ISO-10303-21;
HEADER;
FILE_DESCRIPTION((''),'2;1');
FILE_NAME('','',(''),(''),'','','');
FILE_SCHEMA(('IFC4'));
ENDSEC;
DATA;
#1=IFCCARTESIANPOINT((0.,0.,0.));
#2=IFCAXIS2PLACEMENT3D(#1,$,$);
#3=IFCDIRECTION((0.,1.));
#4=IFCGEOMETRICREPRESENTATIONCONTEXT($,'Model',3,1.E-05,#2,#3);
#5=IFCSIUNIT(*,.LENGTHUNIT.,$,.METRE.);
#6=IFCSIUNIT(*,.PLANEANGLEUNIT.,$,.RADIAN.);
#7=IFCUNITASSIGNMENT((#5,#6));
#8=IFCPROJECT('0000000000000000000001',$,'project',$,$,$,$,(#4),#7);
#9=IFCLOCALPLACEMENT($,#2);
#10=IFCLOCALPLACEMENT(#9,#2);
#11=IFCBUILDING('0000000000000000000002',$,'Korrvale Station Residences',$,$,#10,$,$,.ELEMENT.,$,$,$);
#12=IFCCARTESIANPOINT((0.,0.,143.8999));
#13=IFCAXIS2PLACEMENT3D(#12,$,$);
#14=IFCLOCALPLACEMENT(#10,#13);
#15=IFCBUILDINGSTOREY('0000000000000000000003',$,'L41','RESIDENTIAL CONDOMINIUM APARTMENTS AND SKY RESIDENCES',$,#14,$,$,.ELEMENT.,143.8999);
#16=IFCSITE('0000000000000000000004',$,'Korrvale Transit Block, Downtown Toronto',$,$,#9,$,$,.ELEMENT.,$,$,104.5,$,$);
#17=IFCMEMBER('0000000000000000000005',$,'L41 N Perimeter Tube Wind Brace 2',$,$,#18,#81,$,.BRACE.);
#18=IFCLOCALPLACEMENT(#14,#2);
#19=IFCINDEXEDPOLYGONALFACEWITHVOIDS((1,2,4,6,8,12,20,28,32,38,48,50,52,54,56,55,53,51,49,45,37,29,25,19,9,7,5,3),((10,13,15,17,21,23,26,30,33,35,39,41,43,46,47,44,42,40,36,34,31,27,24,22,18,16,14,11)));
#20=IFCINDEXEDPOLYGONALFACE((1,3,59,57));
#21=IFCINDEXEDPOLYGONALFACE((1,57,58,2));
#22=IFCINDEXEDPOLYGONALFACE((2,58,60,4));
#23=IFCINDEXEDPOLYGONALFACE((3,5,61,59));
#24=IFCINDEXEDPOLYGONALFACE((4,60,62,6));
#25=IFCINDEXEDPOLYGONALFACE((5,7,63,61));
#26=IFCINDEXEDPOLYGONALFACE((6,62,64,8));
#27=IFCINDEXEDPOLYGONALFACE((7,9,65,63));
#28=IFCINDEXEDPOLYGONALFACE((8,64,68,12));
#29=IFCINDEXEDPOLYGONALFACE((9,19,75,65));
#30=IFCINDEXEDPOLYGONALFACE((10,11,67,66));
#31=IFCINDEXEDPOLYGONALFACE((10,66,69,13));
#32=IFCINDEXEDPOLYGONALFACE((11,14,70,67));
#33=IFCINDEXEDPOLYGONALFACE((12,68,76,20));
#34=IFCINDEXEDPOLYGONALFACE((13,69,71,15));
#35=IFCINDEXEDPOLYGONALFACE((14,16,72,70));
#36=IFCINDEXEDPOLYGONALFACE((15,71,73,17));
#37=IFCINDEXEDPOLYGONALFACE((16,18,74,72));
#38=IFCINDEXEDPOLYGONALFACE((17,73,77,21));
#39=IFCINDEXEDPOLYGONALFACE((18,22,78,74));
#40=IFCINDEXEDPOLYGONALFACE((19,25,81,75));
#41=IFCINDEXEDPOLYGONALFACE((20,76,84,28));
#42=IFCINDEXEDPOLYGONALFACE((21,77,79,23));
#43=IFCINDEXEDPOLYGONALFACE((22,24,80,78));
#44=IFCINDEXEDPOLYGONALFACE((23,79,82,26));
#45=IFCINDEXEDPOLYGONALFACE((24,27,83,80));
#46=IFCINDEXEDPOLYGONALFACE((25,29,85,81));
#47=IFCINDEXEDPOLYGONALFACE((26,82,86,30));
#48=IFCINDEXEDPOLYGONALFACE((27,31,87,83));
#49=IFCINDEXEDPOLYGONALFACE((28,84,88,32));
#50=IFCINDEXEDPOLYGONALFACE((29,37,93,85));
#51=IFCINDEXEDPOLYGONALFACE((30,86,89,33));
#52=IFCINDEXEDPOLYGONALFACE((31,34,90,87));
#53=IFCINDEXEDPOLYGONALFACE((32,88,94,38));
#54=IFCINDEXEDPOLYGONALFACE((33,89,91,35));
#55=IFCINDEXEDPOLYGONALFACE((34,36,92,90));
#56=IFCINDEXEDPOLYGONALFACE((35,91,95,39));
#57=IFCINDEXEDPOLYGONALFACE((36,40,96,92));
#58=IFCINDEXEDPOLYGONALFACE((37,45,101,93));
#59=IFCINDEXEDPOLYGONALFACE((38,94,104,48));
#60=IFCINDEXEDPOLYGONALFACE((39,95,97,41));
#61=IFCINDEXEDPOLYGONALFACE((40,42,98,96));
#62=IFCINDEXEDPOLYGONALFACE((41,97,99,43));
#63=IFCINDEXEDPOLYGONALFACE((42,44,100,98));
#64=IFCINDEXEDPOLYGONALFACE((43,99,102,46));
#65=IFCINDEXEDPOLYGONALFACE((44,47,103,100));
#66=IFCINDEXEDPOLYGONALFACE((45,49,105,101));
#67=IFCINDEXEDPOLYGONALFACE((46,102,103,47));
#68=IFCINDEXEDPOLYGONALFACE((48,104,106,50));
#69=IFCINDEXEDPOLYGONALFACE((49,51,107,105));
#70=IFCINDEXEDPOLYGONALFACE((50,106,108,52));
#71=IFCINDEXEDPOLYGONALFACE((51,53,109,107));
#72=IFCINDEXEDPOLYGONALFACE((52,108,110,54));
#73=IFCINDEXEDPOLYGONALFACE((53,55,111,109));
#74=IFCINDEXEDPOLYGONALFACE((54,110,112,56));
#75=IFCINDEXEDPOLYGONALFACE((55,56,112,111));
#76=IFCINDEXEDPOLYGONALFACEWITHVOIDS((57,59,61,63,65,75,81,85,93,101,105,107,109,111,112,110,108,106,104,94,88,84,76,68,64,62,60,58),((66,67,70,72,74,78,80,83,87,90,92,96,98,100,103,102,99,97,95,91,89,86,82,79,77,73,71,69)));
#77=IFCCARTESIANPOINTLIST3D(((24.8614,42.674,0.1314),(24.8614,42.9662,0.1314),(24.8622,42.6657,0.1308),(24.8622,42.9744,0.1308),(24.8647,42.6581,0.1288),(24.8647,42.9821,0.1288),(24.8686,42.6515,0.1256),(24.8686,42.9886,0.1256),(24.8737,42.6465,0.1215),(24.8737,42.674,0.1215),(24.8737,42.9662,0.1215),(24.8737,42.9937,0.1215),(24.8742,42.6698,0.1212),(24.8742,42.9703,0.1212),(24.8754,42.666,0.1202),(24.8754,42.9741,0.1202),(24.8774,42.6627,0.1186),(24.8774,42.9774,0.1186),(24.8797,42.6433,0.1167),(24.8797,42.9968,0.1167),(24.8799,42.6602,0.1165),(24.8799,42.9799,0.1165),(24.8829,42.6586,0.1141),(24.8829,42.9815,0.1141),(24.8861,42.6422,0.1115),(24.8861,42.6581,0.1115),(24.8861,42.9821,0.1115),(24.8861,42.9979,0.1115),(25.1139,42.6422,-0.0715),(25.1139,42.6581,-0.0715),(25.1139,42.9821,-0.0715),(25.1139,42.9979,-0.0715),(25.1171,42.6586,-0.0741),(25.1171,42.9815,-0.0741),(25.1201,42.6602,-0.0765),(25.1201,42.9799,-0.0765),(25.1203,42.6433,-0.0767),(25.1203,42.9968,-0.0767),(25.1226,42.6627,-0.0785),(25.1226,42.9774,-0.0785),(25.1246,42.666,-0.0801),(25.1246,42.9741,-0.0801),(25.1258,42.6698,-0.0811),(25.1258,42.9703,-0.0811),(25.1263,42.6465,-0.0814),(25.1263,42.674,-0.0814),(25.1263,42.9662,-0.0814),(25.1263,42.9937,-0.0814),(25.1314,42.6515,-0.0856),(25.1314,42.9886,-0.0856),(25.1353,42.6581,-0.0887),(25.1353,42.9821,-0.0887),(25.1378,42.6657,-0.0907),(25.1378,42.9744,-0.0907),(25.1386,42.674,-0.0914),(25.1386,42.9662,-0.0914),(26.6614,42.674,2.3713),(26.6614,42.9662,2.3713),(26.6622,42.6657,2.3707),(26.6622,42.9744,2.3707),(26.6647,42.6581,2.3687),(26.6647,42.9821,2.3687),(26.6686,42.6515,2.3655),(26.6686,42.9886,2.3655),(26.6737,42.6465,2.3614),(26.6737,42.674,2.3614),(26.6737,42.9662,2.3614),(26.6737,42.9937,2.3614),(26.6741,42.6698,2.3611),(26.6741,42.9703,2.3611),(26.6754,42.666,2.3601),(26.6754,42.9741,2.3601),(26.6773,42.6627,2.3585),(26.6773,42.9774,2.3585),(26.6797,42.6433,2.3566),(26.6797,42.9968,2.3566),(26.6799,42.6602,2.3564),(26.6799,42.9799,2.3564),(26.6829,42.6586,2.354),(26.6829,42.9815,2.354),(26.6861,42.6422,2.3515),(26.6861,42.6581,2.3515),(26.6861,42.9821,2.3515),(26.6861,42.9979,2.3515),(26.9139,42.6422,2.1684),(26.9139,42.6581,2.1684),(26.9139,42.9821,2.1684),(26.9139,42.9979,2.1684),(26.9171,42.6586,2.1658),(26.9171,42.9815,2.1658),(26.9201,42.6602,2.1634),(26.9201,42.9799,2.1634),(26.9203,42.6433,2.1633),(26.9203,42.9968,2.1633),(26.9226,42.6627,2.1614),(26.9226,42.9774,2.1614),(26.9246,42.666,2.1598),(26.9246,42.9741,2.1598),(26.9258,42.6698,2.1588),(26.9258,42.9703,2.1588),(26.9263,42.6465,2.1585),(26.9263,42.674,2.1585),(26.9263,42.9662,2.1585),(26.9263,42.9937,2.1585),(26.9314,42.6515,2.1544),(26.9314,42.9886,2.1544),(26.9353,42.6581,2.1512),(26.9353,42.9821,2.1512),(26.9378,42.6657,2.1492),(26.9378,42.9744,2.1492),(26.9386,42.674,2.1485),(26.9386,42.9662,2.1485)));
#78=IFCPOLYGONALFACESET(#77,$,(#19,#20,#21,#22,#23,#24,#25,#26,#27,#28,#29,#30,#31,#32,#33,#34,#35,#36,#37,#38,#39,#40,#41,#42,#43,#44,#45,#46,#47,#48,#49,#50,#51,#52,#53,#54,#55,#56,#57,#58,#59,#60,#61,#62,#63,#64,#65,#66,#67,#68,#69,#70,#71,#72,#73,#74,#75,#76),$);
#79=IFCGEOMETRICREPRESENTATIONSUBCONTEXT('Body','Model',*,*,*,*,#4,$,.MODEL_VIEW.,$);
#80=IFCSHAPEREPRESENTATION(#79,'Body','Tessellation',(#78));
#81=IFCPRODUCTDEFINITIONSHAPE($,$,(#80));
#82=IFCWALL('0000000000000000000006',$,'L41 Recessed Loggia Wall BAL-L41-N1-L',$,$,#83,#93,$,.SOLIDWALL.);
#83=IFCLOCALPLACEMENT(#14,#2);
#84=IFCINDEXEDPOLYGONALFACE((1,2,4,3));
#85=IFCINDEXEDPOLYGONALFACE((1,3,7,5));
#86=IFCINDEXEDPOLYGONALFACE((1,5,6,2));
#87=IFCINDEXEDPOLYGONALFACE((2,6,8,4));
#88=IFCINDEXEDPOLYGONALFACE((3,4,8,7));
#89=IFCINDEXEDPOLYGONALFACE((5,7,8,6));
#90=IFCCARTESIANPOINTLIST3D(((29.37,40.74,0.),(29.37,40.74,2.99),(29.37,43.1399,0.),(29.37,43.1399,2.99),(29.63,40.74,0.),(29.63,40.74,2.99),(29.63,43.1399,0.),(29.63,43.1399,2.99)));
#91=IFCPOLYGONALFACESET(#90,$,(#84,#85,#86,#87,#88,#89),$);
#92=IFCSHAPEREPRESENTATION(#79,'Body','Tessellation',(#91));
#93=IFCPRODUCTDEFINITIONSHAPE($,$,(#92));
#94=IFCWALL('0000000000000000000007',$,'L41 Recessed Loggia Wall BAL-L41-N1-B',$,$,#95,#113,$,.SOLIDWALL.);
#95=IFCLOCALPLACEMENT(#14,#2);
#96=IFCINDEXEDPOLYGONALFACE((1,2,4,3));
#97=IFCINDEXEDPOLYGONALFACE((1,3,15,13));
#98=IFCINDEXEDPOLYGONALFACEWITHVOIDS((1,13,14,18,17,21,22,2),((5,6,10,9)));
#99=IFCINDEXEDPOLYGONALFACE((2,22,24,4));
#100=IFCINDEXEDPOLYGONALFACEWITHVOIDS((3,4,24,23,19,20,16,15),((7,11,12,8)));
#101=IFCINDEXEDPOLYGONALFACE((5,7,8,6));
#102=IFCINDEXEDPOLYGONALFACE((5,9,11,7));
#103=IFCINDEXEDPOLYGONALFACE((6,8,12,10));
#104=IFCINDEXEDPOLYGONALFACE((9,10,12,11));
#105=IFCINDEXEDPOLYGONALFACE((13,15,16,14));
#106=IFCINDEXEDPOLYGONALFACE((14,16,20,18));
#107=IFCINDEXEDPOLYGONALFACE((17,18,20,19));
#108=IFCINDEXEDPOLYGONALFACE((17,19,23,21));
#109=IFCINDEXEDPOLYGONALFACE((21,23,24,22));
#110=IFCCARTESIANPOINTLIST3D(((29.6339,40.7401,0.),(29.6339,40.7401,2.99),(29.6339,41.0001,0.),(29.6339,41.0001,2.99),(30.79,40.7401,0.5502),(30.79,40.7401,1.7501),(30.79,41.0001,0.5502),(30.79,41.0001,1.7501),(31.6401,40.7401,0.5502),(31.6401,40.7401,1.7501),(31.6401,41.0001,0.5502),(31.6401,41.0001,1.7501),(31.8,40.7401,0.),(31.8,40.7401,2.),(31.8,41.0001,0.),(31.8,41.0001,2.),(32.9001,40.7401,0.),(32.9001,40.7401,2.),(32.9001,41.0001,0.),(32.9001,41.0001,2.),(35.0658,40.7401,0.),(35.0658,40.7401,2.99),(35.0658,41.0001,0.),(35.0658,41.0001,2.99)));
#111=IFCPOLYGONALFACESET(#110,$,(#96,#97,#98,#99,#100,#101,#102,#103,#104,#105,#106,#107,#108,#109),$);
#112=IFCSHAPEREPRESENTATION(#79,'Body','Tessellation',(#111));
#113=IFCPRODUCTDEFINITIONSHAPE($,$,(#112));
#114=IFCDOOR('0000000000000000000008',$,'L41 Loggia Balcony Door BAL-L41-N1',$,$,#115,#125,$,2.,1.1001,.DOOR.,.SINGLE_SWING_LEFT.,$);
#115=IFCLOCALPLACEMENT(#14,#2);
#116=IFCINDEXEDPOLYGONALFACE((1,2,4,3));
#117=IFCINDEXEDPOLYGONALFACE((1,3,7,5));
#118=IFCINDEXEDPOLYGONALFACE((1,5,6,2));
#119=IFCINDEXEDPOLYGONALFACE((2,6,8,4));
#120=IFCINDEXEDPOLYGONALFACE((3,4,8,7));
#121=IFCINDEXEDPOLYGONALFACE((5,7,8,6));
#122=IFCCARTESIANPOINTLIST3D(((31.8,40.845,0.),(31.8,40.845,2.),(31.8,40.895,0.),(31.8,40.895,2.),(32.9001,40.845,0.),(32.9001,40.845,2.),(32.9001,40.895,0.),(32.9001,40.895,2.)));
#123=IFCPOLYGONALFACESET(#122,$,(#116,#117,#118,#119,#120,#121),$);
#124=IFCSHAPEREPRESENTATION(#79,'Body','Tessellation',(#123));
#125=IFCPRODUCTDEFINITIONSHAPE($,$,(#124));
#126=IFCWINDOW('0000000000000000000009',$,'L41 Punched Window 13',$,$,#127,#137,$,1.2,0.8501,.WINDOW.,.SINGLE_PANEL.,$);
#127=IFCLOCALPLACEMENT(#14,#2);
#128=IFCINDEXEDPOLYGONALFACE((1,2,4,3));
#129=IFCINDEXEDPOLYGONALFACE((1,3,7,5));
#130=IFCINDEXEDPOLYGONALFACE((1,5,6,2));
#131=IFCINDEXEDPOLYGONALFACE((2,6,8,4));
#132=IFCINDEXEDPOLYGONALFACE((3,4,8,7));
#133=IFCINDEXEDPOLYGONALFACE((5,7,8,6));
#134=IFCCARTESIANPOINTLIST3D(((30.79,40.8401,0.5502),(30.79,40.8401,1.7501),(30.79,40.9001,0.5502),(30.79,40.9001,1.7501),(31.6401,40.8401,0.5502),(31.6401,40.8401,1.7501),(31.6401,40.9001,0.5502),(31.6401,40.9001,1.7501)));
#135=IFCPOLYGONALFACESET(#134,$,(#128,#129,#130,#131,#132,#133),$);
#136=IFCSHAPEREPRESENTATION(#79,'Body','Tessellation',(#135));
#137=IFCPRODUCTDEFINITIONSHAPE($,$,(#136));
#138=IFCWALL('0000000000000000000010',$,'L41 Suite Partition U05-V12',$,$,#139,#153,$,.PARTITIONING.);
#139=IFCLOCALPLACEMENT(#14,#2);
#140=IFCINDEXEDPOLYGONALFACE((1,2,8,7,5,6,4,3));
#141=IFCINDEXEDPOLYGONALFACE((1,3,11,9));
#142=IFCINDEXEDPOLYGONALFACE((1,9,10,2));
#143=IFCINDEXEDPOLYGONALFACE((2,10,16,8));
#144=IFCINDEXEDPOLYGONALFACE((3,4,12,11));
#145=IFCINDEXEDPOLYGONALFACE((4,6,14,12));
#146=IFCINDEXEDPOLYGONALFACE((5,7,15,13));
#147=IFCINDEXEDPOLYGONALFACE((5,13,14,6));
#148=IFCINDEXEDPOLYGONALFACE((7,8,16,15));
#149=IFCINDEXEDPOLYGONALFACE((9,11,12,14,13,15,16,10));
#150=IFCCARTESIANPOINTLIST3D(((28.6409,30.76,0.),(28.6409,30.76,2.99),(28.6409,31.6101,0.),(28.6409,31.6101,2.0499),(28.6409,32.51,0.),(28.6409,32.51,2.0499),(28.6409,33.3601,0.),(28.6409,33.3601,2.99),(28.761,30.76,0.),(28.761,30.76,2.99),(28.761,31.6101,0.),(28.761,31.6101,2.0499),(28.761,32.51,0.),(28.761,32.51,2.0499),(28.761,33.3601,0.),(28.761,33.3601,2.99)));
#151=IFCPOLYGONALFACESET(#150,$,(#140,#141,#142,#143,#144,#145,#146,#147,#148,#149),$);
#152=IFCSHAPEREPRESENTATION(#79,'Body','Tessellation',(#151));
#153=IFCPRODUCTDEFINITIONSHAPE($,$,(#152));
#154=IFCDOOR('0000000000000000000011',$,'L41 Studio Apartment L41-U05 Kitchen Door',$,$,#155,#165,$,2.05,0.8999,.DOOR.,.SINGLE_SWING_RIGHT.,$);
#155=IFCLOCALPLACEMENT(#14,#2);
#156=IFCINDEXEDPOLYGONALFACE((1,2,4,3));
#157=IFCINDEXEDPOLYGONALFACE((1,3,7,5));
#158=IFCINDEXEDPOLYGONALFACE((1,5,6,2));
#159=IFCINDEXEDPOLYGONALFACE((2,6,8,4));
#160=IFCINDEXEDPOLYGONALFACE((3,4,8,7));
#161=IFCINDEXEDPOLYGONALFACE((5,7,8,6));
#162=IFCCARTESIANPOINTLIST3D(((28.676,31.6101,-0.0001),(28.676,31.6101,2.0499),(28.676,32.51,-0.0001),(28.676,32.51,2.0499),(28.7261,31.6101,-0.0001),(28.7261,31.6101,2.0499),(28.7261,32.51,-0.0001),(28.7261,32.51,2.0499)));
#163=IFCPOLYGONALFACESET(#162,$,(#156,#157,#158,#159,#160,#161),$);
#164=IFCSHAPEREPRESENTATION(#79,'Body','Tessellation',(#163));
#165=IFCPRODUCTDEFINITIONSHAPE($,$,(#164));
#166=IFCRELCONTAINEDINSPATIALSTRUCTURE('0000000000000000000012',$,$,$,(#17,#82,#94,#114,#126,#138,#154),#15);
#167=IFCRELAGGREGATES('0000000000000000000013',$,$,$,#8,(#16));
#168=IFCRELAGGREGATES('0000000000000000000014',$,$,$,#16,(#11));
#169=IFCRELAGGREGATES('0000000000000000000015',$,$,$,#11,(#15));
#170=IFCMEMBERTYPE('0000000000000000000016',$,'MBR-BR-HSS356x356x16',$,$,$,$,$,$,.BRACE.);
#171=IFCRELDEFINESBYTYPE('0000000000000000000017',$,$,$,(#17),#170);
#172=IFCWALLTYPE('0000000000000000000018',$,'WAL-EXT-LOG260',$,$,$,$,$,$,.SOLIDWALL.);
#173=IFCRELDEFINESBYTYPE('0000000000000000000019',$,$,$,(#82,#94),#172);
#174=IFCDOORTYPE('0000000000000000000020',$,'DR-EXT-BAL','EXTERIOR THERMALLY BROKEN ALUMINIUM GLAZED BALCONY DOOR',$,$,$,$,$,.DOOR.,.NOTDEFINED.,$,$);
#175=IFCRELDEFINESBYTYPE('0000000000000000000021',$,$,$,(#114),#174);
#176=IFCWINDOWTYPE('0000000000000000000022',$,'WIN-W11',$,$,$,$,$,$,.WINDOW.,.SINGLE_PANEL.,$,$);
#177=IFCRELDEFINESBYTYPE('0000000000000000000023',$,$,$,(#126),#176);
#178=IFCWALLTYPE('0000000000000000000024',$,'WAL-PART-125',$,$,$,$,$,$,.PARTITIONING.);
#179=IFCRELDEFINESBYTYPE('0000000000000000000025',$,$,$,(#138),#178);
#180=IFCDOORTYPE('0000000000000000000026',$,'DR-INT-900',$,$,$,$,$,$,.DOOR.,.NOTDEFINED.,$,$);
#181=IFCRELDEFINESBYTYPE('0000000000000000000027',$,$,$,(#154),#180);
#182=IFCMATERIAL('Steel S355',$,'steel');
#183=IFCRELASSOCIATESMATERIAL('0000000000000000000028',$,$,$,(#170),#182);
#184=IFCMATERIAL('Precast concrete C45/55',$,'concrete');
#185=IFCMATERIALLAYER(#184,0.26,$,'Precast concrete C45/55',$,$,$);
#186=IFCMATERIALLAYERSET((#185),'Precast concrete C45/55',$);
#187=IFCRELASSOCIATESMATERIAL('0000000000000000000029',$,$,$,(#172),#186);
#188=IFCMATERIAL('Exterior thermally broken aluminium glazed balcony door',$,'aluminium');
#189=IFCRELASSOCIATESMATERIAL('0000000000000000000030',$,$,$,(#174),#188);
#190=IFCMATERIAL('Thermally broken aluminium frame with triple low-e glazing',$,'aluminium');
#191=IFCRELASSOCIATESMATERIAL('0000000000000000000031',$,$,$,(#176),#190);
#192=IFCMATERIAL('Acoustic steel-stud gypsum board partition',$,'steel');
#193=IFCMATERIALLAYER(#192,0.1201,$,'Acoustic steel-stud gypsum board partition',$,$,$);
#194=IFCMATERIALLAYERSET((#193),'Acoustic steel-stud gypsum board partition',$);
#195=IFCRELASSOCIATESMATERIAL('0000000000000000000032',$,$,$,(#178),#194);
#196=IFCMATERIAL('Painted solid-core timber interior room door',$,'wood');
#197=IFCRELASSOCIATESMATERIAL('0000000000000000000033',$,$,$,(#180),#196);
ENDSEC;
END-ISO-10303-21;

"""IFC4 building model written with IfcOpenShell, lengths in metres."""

from ifc_helpers import new_model, si_unit, direction, frame, frame_2d, origin, origin_2d, place, context, subcontext, project, spatial, rectangle, hollow_rectangle, extrude, material, layer, layer_set, material_profile, profile_set, type_object, element, fill, save


model = new_model("IFC4")

# Units and contexts
model_context = context("Model", 3, precision=1e-05, world=origin(), true_north=direction((0.0, 1.0)))
body_context = subcontext(model_context, "Body", "Model", "MODEL_VIEW")
ifc_project = project(units=[si_unit("LENGTHUNIT", "METRE"), si_unit("PLANEANGLEUNIT", "RADIAN")], contexts=[model_context])

# Site, building, storey
site_placement = place(None, origin())
site = spatial("IfcSite", under=ifc_project, at=site_placement, Name="Korrvale Transit Block, Downtown Toronto", CompositionType="ELEMENT", RefElevation=104.5)
building_placement = place(site_placement, origin())
building = spatial("IfcBuilding", under=site, at=building_placement, Name="Korrvale Station Residences", CompositionType="ELEMENT")
storey_placement = place(building_placement, frame((0.0, 0.0, 143.8999)))
storey = spatial("IfcBuildingStorey", under=building, at=storey_placement, Name="L41", Description="RESIDENTIAL CONDOMINIUM APARTMENTS AND SKY RESIDENCES", CompositionType="ELEMENT", Elevation=143.8999)

# Shared definitions
ifc_material_1 = material(Name="Steel S355", Category="steel")

# Member
ifc_material_profile_1 = material_profile(ifc_material_1, hollow_rectangle(XDim=0.3557, YDim=0.3557, WallThickness=0.0159, InnerFilletRadius=0.0159, OuterFilletRadius=0.0317, at=origin_2d()), Name="HSS356x356x16")
ifc_profile_set_1 = profile_set([ifc_material_profile_1], Name="Steel S355")
member_type = type_object("IfcMemberType", Name="MBR-BR-HSS356x356x16", PredefinedType="BRACE", material=ifc_profile_set_1)
for number, where, z_axis, x_axis, name in (
    (1, (25.0, 42.8201, 0.02), (0.626403, 0.0, 0.779499), (0.0, 1.0, 0.0), "L41 N Perimeter Tube Wind Brace 2"),
):
    element("IfcMember", number, at=place(storey_placement, frame(where, z_axis=z_axis, x_axis=x_axis)), inside=storey, type_object=member_type, Name=name, PredefinedType="BRACE", context=body_context, shape_type="SweptSolid", body=[
        extrude(hollow_rectangle(XDim=0.3557, YDim=0.3557, WallThickness=0.0159, InnerFilletRadius=0.0159, OuterFilletRadius=0.0317, at=origin_2d()), origin(), (0.0, 0.0, 1.0), 2.8735),
    ])

# Wall
ifc_material_2 = material(Name="Precast concrete C45/55", Category="concrete")
ifc_layer_1 = layer(ifc_material_2, 0.26, Name="Precast concrete C45/55")
ifc_layer_set_1 = layer_set([ifc_layer_1], Name="Precast concrete C45/55")
wall_type_1 = type_object("IfcWallType", Name="WAL-EXT-LOG260", PredefinedType="SOLIDWALL", material=ifc_layer_set_1)
wall_1_placement = place(storey_placement, frame((29.5, 43.1399, 0.0), z_axis=(0.0, 0.0, 1.0), x_axis=(0.0, -1.0, 0.0)))
element("IfcWall", 2, at=wall_1_placement, inside=storey, type_object=wall_type_1, Name="L41 Recessed Loggia Wall BAL-L41-N1-L", PredefinedType="SOLIDWALL", context=body_context, shape_type="SweptSolid", body=[
    extrude(rectangle(XDim=2.3999, YDim=0.26, at=frame_2d((1.2, 0.0))), origin(), (0.0, 0.0, 1.0), 2.99),
])

# Wall, openings, door, window
wall_2_placement = place(storey_placement, frame((29.634, 40.8701, 0.0), z_axis=(0.0, 0.0, 1.0), x_axis=(1.0, 0.0, 0.0)))
wall_2 = element("IfcWall", 3, at=wall_2_placement, inside=storey, type_object=wall_type_1, Name="L41 Recessed Loggia Wall BAL-L41-N1-B", PredefinedType="SOLIDWALL", context=body_context, shape_type="SweptSolid", body=[
    extrude(rectangle(XDim=5.4319, YDim=0.26, at=frame_2d((2.7158, 0.0))), origin(), (0.0, 0.0, 1.0), 2.99),
])
opening_1_placement = place(wall_2_placement, frame((2.166, 0.0, 0.0)))
opening_1 = element("IfcOpeningElement", 4, at=opening_1_placement, cuts=wall_2, PredefinedType="OPENING", context=body_context, shape_type="SweptSolid", body=[
    extrude(rectangle(XDim=1.1001, YDim=2.0, at=frame_2d((0.55, 1.0))), frame((0.0, 0.1401, 0.0), z_axis=(0.0, -1.0, 0.0), x_axis=(1.0, 0.0, 0.0)), (0.0, 0.0, 1.0), 0.28),
])
opening_2_placement = place(wall_2_placement, frame((1.156, 0.0, 0.55)))
opening_2 = element("IfcOpeningElement", 5, at=opening_2_placement, cuts=wall_2, PredefinedType="OPENING", context=body_context, shape_type="SweptSolid", body=[
    extrude(rectangle(XDim=0.8501, YDim=1.2, at=frame_2d((0.425, 0.6001))), frame((0.0, 0.1401, 0.0), z_axis=(0.0, -1.0, 0.0), x_axis=(1.0, 0.0, 0.0)), (0.0, 0.0, 1.0), 0.28),
])
ifc_material_3 = material(Name="Exterior thermally broken aluminium glazed balcony door", Category="aluminium")
door_type_1 = type_object("IfcDoorType", Name="DR-EXT-BAL", Description="EXTERIOR THERMALLY BROKEN ALUMINIUM GLAZED BALCONY DOOR", OperationType="NOTDEFINED", PredefinedType="DOOR", material=ifc_material_3)
door_1_placement = place(opening_1_placement, origin())
door_1 = element("IfcDoor", 6, at=door_1_placement, inside=storey, type_object=door_type_1, Name="L41 Loggia Balcony Door BAL-L41-N1", OperationType="SINGLE_SWING_LEFT", OverallHeight=2.0, OverallWidth=1.1001, PredefinedType="DOOR", context=body_context, shape_type="SweptSolid", body=[
    extrude(rectangle(XDim=1.1001, YDim=2.0, at=frame_2d((0.55, 1.0))), frame((0.0, 0.0249, 0.0), z_axis=(0.0, -1.0, 0.0), x_axis=(1.0, 0.0, 0.0)), (0.0, 0.0, 1.0), 0.05),
])
fill(opening_1, door_1)
ifc_material_4 = material(Name="Thermally broken aluminium frame with triple low-e glazing", Category="aluminium")
window_type = type_object("IfcWindowType", Name="WIN-W11", PartitioningType="SINGLE_PANEL", PredefinedType="WINDOW", material=ifc_material_4)
window_placement = place(opening_2_placement, origin())
window = element("IfcWindow", 7, at=window_placement, inside=storey, type_object=window_type, Name="L41 Punched Window 13", OverallHeight=1.2, OverallWidth=0.8501, PartitioningType="SINGLE_PANEL", PredefinedType="WINDOW", context=body_context, shape_type="SweptSolid", body=[
    extrude(rectangle(XDim=0.8501, YDim=1.2, at=frame_2d((0.425, 0.6001))), frame((0.0, 0.03, 0.0), z_axis=(0.0, -1.0, 0.0), x_axis=(1.0, 0.0, 0.0)), (0.0, 0.0, 1.0), 0.0601),
])
fill(opening_2, window)

# Wall, opening, door
ifc_material_5 = material(Name="Acoustic steel-stud gypsum board partition", Category="steel")
ifc_layer_2 = layer(ifc_material_5, 0.1201, Name="Acoustic steel-stud gypsum board partition")
ifc_layer_set_2 = layer_set([ifc_layer_2], Name="Acoustic steel-stud gypsum board partition")
wall_type_2 = type_object("IfcWallType", Name="WAL-PART-125", PredefinedType="PARTITIONING", material=ifc_layer_set_2)
wall_3_placement = place(storey_placement, frame((28.7009, 30.76, 0.0), z_axis=(0.0, 0.0, 1.0), x_axis=(0.0, 1.0, 0.0)))
wall_3 = element("IfcWall", 8, at=wall_3_placement, inside=storey, type_object=wall_type_2, Name="L41 Suite Partition U05-V12", PredefinedType="PARTITIONING", context=body_context, shape_type="SweptSolid", body=[
    extrude(rectangle(XDim=2.6001, YDim=0.1201, at=frame_2d((1.3, 0.0))), origin(), (0.0, 0.0, 1.0), 2.99),
])
opening_3_placement = place(wall_3_placement, frame((0.8501, 0.0, 0.0)))
opening_3 = element("IfcOpeningElement", 9, at=opening_3_placement, cuts=wall_3, PredefinedType="OPENING", context=body_context, shape_type="SweptSolid", body=[
    extrude(rectangle(XDim=0.8999, YDim=2.05, at=frame_2d((0.45, 1.0249))), frame((0.0, 0.0701, 0.0), z_axis=(0.0, -1.0, 0.0), x_axis=(1.0, 0.0, 0.0)), (0.0, 0.0, 1.0), 0.1401),
])
ifc_material_6 = material(Name="Painted solid-core timber interior room door", Category="wood")
door_type_2 = type_object("IfcDoorType", Name="DR-INT-900", OperationType="NOTDEFINED", PredefinedType="DOOR", material=ifc_material_6)
door_2_placement = place(opening_3_placement, origin())
door_2 = element("IfcDoor", 10, at=door_2_placement, inside=storey, type_object=door_type_2, Name="L41 Studio Apartment L41-U05 Kitchen Door", OperationType="SINGLE_SWING_RIGHT", OverallHeight=2.05, OverallWidth=0.8999, PredefinedType="DOOR", context=body_context, shape_type="SweptSolid", body=[
    extrude(rectangle(XDim=0.8999, YDim=2.05, at=frame_2d((0.45, 1.0249))), frame((0.0, 0.0249, 0.0), z_axis=(0.0, -1.0, 0.0), x_axis=(1.0, 0.0, 0.0)), (0.0, 0.0, 1.0), 0.05),
])
fill(opening_3, door_2)

save(model, "model.ifc")
